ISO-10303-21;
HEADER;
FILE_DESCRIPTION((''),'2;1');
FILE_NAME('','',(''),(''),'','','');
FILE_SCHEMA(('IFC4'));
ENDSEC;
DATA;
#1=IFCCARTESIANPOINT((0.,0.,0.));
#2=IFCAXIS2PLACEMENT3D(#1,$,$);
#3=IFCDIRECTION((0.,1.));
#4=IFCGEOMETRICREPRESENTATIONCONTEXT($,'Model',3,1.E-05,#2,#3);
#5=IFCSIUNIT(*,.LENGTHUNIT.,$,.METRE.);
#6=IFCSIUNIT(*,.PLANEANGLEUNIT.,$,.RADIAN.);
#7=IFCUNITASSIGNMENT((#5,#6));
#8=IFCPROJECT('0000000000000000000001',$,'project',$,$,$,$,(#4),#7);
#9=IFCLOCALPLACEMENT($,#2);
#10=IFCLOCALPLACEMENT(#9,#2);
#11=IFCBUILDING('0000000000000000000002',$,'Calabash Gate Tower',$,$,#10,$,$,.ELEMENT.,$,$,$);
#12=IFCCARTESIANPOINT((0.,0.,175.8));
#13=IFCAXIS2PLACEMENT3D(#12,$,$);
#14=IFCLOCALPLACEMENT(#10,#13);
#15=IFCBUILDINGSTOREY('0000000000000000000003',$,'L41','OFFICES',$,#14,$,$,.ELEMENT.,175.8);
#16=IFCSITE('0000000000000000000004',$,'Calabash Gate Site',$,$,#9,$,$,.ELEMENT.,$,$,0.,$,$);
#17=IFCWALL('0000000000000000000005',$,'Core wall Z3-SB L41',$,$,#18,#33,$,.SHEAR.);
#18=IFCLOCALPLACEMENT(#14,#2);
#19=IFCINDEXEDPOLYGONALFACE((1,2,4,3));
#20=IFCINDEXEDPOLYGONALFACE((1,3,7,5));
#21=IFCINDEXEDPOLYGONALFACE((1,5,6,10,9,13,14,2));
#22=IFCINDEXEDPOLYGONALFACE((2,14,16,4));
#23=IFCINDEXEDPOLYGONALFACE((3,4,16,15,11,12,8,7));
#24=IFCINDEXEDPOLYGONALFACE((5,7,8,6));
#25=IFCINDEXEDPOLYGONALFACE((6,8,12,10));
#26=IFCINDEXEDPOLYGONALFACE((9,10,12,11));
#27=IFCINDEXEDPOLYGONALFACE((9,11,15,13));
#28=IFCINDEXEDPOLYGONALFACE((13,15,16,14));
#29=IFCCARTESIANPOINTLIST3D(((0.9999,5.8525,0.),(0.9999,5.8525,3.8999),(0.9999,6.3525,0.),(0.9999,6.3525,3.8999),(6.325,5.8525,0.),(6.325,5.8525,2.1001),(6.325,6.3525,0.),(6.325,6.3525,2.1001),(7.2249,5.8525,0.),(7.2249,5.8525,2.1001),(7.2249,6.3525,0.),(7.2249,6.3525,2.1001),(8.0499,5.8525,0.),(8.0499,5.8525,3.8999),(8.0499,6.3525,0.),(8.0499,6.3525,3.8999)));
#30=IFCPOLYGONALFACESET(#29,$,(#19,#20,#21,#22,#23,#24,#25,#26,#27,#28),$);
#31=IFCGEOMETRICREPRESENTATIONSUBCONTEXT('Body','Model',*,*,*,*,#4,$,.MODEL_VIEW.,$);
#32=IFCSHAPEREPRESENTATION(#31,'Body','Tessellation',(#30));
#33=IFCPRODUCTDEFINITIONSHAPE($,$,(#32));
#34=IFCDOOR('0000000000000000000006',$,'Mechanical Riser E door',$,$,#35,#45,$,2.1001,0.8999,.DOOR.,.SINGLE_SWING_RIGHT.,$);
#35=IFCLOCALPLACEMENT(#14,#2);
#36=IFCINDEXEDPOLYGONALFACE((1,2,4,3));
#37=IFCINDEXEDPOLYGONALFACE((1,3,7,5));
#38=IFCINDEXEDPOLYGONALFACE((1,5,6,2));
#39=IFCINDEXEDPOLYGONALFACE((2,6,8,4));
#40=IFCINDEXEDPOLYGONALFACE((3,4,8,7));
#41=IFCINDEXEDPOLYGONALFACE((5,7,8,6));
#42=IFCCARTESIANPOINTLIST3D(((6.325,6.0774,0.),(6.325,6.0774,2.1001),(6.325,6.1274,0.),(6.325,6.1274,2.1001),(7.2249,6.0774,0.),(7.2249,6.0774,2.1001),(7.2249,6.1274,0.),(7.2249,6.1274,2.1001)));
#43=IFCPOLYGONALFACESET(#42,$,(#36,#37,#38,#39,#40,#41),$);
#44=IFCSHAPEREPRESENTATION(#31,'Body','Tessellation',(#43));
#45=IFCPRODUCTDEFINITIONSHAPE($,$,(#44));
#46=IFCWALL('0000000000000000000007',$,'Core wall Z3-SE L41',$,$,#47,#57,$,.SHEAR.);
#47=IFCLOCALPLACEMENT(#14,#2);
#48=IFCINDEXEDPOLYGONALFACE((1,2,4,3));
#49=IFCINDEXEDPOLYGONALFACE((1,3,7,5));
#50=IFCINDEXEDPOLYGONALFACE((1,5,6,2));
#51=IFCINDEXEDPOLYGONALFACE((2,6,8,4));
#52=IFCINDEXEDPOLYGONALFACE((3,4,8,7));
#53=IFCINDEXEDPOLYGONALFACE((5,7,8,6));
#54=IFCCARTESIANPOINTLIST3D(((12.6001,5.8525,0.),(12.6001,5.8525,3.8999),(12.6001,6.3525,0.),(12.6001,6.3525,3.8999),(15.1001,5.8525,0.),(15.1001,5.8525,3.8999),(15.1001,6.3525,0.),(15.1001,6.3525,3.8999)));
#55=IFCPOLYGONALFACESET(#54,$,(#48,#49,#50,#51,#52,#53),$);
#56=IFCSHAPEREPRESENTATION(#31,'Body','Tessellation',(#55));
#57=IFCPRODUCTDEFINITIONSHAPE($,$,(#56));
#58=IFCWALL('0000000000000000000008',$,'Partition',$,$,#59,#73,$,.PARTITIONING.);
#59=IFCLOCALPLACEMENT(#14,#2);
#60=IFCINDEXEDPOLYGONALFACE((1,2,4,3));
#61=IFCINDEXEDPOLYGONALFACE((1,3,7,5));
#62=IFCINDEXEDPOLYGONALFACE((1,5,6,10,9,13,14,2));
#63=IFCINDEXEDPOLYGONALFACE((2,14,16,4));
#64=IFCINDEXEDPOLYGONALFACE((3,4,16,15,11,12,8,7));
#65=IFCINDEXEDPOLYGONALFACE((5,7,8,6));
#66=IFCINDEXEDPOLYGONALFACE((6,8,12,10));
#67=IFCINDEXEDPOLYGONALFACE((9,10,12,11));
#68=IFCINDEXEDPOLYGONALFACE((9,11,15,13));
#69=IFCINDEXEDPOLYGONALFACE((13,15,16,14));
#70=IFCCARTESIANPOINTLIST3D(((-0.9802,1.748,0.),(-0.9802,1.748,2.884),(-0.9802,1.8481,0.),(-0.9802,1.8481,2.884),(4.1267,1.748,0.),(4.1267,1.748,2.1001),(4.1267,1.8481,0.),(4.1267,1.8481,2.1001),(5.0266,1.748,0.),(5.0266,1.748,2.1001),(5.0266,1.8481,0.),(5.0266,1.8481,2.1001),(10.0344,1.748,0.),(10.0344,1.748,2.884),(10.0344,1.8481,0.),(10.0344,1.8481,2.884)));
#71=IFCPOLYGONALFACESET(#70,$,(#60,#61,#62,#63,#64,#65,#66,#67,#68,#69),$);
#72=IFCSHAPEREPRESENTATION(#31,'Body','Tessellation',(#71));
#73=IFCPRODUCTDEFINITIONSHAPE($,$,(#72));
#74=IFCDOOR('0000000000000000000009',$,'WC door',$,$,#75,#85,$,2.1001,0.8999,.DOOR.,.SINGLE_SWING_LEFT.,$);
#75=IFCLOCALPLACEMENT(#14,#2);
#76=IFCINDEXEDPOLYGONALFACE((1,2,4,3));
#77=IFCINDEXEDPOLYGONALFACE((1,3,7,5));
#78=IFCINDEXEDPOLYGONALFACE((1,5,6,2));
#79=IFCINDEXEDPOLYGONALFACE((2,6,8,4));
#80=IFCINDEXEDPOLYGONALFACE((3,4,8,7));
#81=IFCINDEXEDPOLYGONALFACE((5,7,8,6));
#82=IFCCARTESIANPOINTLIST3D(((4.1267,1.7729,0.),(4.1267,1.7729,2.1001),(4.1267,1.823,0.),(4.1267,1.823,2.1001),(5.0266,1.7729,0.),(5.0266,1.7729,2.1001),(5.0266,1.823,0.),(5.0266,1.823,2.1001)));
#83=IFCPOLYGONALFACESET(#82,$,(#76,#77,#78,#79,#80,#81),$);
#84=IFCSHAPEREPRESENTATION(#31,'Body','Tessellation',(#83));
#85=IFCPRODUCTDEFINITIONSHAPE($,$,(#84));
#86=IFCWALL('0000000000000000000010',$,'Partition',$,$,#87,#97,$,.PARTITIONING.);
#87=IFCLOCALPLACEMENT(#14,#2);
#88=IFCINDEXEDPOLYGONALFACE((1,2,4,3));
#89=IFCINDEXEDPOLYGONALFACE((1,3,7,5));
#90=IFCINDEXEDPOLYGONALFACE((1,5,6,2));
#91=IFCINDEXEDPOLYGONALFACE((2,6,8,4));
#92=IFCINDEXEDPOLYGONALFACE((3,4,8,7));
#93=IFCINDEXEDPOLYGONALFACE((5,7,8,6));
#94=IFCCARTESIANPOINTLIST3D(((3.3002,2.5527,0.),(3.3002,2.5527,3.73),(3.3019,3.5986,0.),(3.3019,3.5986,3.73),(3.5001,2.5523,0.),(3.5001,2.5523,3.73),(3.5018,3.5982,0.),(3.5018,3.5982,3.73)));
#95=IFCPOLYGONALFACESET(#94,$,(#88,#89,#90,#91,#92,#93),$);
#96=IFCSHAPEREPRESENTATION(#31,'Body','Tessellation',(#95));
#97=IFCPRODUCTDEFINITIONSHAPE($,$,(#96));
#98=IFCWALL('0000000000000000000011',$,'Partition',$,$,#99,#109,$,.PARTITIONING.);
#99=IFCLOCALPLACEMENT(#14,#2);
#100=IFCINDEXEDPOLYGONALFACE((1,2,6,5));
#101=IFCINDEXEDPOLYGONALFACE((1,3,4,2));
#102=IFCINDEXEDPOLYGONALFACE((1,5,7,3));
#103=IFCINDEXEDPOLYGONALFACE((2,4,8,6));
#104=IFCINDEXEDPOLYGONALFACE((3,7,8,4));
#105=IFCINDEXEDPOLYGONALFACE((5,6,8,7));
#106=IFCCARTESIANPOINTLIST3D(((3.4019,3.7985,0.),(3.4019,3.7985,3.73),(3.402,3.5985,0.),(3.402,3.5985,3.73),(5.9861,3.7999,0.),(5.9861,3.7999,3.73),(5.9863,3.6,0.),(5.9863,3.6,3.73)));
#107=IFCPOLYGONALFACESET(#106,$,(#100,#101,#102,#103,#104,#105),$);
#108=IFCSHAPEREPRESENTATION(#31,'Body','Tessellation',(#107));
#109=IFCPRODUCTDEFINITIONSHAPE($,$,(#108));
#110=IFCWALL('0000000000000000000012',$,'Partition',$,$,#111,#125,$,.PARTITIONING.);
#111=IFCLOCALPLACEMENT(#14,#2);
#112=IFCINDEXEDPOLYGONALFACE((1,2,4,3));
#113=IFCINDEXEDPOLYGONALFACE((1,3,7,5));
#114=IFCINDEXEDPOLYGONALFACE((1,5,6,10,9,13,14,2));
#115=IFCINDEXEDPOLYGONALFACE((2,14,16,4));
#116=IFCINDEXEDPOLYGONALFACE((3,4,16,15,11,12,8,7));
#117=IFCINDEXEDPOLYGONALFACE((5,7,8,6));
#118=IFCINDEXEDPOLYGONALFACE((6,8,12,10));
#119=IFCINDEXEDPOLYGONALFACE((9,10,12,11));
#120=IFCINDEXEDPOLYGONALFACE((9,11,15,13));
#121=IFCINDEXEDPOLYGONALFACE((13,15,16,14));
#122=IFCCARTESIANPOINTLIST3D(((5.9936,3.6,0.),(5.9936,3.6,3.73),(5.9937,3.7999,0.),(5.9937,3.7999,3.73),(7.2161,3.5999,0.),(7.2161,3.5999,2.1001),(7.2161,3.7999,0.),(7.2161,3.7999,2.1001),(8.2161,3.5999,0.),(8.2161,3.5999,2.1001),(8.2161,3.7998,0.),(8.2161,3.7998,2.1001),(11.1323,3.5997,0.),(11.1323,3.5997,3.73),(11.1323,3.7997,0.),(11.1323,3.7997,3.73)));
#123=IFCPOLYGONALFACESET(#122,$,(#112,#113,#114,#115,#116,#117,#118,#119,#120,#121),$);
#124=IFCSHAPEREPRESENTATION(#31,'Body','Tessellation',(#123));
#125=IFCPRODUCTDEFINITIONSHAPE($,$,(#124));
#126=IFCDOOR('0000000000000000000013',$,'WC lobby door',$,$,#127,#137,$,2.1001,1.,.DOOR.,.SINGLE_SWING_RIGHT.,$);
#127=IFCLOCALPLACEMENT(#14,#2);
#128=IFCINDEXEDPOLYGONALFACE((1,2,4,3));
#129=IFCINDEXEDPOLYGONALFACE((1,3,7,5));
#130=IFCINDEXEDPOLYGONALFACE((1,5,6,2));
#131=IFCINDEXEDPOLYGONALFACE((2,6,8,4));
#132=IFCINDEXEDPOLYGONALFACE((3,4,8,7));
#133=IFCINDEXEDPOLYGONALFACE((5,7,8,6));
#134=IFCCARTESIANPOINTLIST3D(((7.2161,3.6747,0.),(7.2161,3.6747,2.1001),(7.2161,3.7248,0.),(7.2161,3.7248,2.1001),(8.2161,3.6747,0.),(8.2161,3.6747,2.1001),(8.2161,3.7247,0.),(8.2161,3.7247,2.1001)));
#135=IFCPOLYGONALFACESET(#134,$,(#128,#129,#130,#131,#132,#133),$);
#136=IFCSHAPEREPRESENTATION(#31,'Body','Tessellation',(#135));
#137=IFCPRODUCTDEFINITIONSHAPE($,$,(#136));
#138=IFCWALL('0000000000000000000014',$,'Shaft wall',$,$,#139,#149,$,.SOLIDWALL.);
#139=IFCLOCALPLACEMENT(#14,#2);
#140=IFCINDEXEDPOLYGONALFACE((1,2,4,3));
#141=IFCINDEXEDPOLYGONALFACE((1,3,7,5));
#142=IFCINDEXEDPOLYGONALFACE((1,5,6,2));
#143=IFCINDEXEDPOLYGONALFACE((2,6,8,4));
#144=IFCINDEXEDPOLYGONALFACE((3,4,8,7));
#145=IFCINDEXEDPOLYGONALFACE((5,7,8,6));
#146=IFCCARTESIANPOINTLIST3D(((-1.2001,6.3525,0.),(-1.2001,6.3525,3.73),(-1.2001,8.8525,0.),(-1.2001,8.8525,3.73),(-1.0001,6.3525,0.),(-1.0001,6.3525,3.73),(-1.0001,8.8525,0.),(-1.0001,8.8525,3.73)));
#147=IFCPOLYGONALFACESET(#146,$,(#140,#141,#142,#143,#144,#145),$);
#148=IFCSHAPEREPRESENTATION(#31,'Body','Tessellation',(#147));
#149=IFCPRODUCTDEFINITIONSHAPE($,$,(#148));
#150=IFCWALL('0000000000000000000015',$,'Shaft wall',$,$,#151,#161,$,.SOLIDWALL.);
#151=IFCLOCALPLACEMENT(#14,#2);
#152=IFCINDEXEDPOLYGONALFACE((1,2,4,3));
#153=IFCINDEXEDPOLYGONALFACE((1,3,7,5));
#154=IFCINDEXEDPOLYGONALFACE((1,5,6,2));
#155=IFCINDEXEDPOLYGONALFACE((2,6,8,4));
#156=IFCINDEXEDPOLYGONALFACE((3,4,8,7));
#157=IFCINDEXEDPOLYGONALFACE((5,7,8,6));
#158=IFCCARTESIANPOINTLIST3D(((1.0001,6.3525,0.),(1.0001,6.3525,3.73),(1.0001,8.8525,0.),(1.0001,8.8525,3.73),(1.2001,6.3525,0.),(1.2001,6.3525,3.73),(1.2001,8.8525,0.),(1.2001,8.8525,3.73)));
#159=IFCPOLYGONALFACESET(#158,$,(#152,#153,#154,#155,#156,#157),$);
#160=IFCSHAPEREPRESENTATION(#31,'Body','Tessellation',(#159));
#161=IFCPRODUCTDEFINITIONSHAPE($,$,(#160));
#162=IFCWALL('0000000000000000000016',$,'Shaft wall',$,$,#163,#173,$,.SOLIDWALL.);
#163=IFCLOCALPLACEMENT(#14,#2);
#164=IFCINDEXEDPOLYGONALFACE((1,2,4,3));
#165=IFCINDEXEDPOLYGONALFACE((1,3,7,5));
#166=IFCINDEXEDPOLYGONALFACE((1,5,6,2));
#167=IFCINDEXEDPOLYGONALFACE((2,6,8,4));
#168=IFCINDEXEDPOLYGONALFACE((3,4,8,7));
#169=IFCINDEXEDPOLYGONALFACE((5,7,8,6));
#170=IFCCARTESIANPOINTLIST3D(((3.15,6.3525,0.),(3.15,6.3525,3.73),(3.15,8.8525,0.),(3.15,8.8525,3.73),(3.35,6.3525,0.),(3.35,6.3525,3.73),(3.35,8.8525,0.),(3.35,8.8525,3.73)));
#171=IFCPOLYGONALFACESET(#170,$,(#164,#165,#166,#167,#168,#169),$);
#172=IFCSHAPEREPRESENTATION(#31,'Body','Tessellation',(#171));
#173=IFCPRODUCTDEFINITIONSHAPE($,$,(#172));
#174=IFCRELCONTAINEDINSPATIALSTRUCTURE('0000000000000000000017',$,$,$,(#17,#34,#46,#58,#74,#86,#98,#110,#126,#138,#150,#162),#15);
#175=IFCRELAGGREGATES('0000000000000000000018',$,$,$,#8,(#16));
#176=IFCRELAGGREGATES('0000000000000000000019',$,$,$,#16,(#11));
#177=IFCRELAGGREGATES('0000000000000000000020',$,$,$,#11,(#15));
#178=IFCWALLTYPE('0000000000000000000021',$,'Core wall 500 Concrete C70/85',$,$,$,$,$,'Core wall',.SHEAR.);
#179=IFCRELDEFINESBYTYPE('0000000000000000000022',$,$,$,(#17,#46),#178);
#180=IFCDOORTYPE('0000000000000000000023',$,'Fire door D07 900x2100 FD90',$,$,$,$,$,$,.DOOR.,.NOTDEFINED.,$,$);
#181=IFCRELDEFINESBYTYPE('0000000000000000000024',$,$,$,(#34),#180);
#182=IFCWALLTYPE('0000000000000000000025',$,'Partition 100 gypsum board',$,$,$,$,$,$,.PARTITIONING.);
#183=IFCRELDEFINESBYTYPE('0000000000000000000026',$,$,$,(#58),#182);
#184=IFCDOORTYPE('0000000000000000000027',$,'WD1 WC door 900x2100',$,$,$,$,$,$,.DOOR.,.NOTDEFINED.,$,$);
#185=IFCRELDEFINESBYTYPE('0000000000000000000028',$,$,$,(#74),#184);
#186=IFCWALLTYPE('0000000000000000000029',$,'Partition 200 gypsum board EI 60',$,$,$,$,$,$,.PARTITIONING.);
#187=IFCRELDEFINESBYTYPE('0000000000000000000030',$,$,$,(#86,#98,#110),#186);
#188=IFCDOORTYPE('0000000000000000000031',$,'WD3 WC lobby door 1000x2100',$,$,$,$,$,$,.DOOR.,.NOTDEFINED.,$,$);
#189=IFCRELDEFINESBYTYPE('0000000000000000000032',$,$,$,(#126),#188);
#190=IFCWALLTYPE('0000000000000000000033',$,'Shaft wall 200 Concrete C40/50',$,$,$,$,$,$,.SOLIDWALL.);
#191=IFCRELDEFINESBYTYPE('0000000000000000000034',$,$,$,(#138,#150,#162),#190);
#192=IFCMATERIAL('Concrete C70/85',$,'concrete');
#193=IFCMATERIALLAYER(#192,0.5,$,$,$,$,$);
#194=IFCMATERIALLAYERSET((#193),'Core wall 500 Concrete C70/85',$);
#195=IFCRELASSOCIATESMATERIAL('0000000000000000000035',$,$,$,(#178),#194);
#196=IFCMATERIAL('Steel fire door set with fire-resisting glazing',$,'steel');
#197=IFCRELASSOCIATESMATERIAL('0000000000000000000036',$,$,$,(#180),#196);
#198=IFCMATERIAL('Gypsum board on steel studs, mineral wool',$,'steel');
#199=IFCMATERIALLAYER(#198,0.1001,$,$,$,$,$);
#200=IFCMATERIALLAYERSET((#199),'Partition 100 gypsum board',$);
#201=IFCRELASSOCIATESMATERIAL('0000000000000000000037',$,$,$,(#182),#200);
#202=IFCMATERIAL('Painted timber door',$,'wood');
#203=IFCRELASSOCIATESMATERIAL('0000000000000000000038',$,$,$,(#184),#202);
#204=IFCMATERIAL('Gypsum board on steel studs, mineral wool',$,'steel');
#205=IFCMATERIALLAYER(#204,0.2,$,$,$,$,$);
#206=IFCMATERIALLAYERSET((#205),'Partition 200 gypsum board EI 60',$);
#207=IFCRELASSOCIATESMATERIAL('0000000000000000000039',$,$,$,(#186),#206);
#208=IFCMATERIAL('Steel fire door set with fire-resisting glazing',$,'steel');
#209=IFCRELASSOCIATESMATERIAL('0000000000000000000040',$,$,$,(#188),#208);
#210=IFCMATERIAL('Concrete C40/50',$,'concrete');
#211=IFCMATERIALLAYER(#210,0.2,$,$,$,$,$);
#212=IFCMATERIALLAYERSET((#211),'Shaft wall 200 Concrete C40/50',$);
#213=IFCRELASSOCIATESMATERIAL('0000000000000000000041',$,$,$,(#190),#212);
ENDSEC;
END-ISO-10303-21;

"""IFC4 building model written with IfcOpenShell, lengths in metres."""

from ifc_helpers import new_model, si_unit, direction, frame, frame_2d, origin, place, context, subcontext, project, spatial, rectangle, extrude, material, layer, layer_set, type_object, element, fill, save


model = new_model("IFC4")

# Units and contexts
model_context = context("Model", 3, precision=1e-05, world=origin(), true_north=direction((0.0, 1.0)))
body_context = subcontext(model_context, "Body", "Model", "MODEL_VIEW")
ifc_project = project(units=[si_unit("LENGTHUNIT", "METRE"), si_unit("PLANEANGLEUNIT", "RADIAN")], contexts=[model_context])

# Site, building, storey
site_placement = place(None, origin())
site = spatial("IfcSite", under=ifc_project, at=site_placement, Name="Calabash Gate Site", CompositionType="ELEMENT", RefElevation=0.0)
building_placement = place(site_placement, origin())
building = spatial("IfcBuilding", under=site, at=building_placement, Name="Calabash Gate Tower", CompositionType="ELEMENT")
storey_placement = place(building_placement, frame((0.0, 0.0, 175.8)))
storey = spatial("IfcBuildingStorey", under=building, at=storey_placement, Name="L41", Description="OFFICES", CompositionType="ELEMENT", Elevation=175.8)

# Shared definitions
ifc_material_1 = material(Name="Concrete C70/85", Category="concrete")
ifc_layer_1 = layer(ifc_material_1, 0.5)
ifc_layer_set_1 = layer_set([ifc_layer_1], Name="Core wall 500 Concrete C70/85")
wall_type_1 = type_object("IfcWallType", Name="Core wall 500 Concrete C70/85", ElementType="Core wall", PredefinedType="SHEAR", material=ifc_layer_set_1)

# Wall, opening, door
wall_1_placement = place(storey_placement, frame((1.0, 6.1025, 0.0), z_axis=(0.0, 0.0, 1.0), x_axis=(1.0, 0.0, 0.0)))
wall_1 = element("IfcWall", 1, at=wall_1_placement, inside=storey, type_object=wall_type_1, Name="Core wall Z3-SB L41", PredefinedType="SHEAR", context=body_context, shape_type="SweptSolid", body=[
    extrude(rectangle(XDim=7.05, YDim=0.5, at=frame_2d((3.5249, 0.0))), origin(), (0.0, 0.0, 1.0), 3.8999),
])
opening_1_placement = place(wall_1_placement, frame((5.325, 0.0, 0.0)))
opening_1 = element("IfcOpeningElement", 2, at=opening_1_placement, cuts=wall_1, PredefinedType="OPENING", context=body_context, shape_type="SweptSolid", body=[
    extrude(rectangle(XDim=0.8999, YDim=2.1001, at=frame_2d((0.45, 1.05))), frame((0.0, 0.26, 0.0), z_axis=(0.0, -1.0, 0.0), x_axis=(1.0, 0.0, 0.0)), (0.0, 0.0, 1.0), 0.52),
])
ifc_material_2 = material(Name="Steel fire door set with fire-resisting glazing", Category="steel")
door_type_1 = type_object("IfcDoorType", Name="Fire door D07 900x2100 FD90", OperationType="NOTDEFINED", PredefinedType="DOOR", material=ifc_material_2)
door_1_placement = place(opening_1_placement, origin())
door_1 = element("IfcDoor", 3, at=door_1_placement, inside=storey, type_object=door_type_1, Name="Mechanical Riser E door", OperationType="SINGLE_SWING_RIGHT", OverallHeight=2.1001, OverallWidth=0.8999, PredefinedType="DOOR", context=body_context, shape_type="SweptSolid", body=[
    extrude(rectangle(XDim=0.8999, YDim=2.1001, at=frame_2d((0.45, 1.05))), frame((0.0, 0.0249, 0.0), z_axis=(0.0, -1.0, 0.0), x_axis=(1.0, 0.0, 0.0)), (0.0, 0.0, 1.0), 0.05),
])
fill(opening_1, door_1)

# Wall
wall_2_placement = place(storey_placement, frame((12.6001, 6.1025, 0.0), z_axis=(0.0, 0.0, 1.0), x_axis=(1.0, 0.0, 0.0)))
element("IfcWall", 4, at=wall_2_placement, inside=storey, type_object=wall_type_1, Name="Core wall Z3-SE L41", PredefinedType="SHEAR", context=body_context, shape_type="SweptSolid", body=[
    extrude(rectangle(XDim=2.5, YDim=0.5, at=frame_2d((1.25, 0.0))), origin(), (0.0, 0.0, 1.0), 3.8999),
])

# Wall, opening, door
ifc_material_3 = material(Name="Gypsum board on steel studs, mineral wool", Category="steel")
ifc_layer_2 = layer(ifc_material_3, 0.1001)
ifc_layer_set_2 = layer_set([ifc_layer_2], Name="Partition 100 gypsum board")
wall_type_2 = type_object("IfcWallType", Name="Partition 100 gypsum board", PredefinedType="PARTITIONING", material=ifc_layer_set_2)
wall_3_placement = place(storey_placement, frame((-0.9802, 1.7981, 0.0), z_axis=(0.0, 0.0, 1.0), x_axis=(1.0, 0.0, 0.0)))
wall_3 = element("IfcWall", 5, at=wall_3_placement, inside=storey, type_object=wall_type_2, Name="Partition", PredefinedType="PARTITIONING", context=body_context, shape_type="SweptSolid", body=[
    extrude(rectangle(XDim=11.0146, YDim=0.1001, at=frame_2d((5.5073, 0.0))), origin(), (0.0, 0.0, 1.0), 2.884),
])
opening_2_placement = place(wall_3_placement, frame((5.1069, 0.0, 0.0)))
opening_2 = element("IfcOpeningElement", 6, at=opening_2_placement, cuts=wall_3, PredefinedType="OPENING", context=body_context, shape_type="SweptSolid", body=[
    extrude(rectangle(XDim=0.8999, YDim=2.1001, at=frame_2d((0.45, 1.05))), frame((0.0, 0.0601, 0.0), z_axis=(0.0, -1.0, 0.0), x_axis=(1.0, 0.0, 0.0)), (0.0, 0.0, 1.0), 0.1201),
])
ifc_material_4 = material(Name="Painted timber door", Category="wood")
door_type_2 = type_object("IfcDoorType", Name="WD1 WC door 900x2100", OperationType="NOTDEFINED", PredefinedType="DOOR", material=ifc_material_4)
door_2_placement = place(opening_2_placement, origin())
door_2 = element("IfcDoor", 7, at=door_2_placement, inside=storey, type_object=door_type_2, Name="WC door", OperationType="SINGLE_SWING_LEFT", OverallHeight=2.1001, OverallWidth=0.8999, PredefinedType="DOOR", context=body_context, shape_type="SweptSolid", body=[
    extrude(rectangle(XDim=0.8999, YDim=2.1001, at=frame_2d((0.45, 1.05))), frame((0.0, 0.0249, 0.0), z_axis=(0.0, -1.0, 0.0), x_axis=(1.0, 0.0, 0.0)), (0.0, 0.0, 1.0), 0.05),
])
fill(opening_2, door_2)

# Walls
ifc_material_5 = material(Name="Gypsum board on steel studs, mineral wool", Category="steel")
ifc_layer_3 = layer(ifc_material_5, 0.2)
ifc_layer_set_3 = layer_set([ifc_layer_3], Name="Partition 200 gypsum board EI 60")
wall_type_3 = type_object("IfcWallType", Name="Partition 200 gypsum board EI 60", PredefinedType="PARTITIONING", material=ifc_layer_set_3)
wall_4_placement = place(storey_placement, frame((3.4001, 2.5525, 0.0), z_axis=(0.0, 0.0, 1.0), x_axis=(0.001634, 0.999999, 0.0)))
element("IfcWall", 8, at=wall_4_placement, inside=storey, type_object=wall_type_3, Name="Partition", PredefinedType="PARTITIONING", context=body_context, shape_type="SweptSolid", body=[
    extrude(rectangle(XDim=1.0459, YDim=0.2, at=frame_2d((0.5229, 0.0))), origin(), (0.0, 0.0, 1.0), 3.73),
])
wall_5_placement = place(storey_placement, frame((3.4021, 3.6985, 0.0), z_axis=(0.0, 0.0, 1.0), x_axis=(1.0, 0.000567, 0.0)))
element("IfcWall", 9, at=wall_5_placement, inside=storey, type_object=wall_type_3, Name="Partition", PredefinedType="PARTITIONING", context=body_context, shape_type="SweptSolid", body=[
    extrude(rectangle(XDim=2.5842, YDim=0.2, at=frame_2d((1.292, 0.0))), origin(), (0.0, 0.0, 1.0), 3.73),
])

# Wall, opening, door
wall_6_placement = place(storey_placement, frame((5.9937, 3.7, 0.0), z_axis=(0.0, 0.0, 1.0), x_axis=(1.0, -0.000048, 0.0)))
wall_6 = element("IfcWall", 10, at=wall_6_placement, inside=storey, type_object=wall_type_3, Name="Partition", PredefinedType="PARTITIONING", context=body_context, shape_type="SweptSolid", body=[
    extrude(rectangle(XDim=5.1387, YDim=0.2, at=frame_2d((2.5693, 0.0))), origin(), (0.0, 0.0, 1.0), 3.73),
])
opening_3_placement = place(wall_6_placement, frame((1.2224, 0.0, 0.0)))
opening_3 = element("IfcOpeningElement", 11, at=opening_3_placement, cuts=wall_6, PredefinedType="OPENING", context=body_context, shape_type="SweptSolid", body=[
    extrude(rectangle(XDim=1.0, YDim=2.1001, at=frame_2d((0.5, 1.05))), frame((0.0, 0.1099, 0.0), z_axis=(0.0, -1.0, 0.0), x_axis=(1.0, 0.0, 0.0)), (0.0, 0.0, 1.0), 0.22),
])
ifc_material_6 = material(Name="Steel fire door set with fire-resisting glazing", Category="steel")
door_type_3 = type_object("IfcDoorType", Name="WD3 WC lobby door 1000x2100", OperationType="NOTDEFINED", PredefinedType="DOOR", material=ifc_material_6)
door_3_placement = place(opening_3_placement, origin())
door_3 = element("IfcDoor", 12, at=door_3_placement, inside=storey, type_object=door_type_3, Name="WC lobby door", OperationType="SINGLE_SWING_RIGHT", OverallHeight=2.1001, OverallWidth=1.0, PredefinedType="DOOR", context=body_context, shape_type="SweptSolid", body=[
    extrude(rectangle(XDim=1.0, YDim=2.1001, at=frame_2d((0.5, 1.05))), frame((0.0, 0.0249, 0.0), z_axis=(0.0, -1.0, 0.0), x_axis=(1.0, 0.0, 0.0)), (0.0, 0.0, 1.0), 0.05),
])
fill(opening_3, door_3)

# Walls
ifc_material_7 = material(Name="Concrete C40/50", Category="concrete")
ifc_layer_4 = layer(ifc_material_7, 0.2)
ifc_layer_set_4 = layer_set([ifc_layer_4], Name="Shaft wall 200 Concrete C40/50")
wall_type_4 = type_object("IfcWallType", Name="Shaft wall 200 Concrete C40/50", PredefinedType="SOLIDWALL", material=ifc_layer_set_4)
for number, where, z_axis, x_axis, name in (
    (13, (-1.1001, 6.3525, 0.0), (0.0, 0.0, 1.0), (0.0, 1.0, 0.0), "Shaft wall"),
    (14, (1.1001, 6.3525, 0.0), (0.0, 0.0, 1.0), (0.0, 1.0, 0.0), "Shaft wall"),
    (15, (3.25, 6.3525, 0.0), (0.0, 0.0, 1.0), (0.0, 1.0, 0.0), "Shaft wall"),
):
    element("IfcWall", number, at=place(storey_placement, frame(where, z_axis=z_axis, x_axis=x_axis)), inside=storey, type_object=wall_type_4, Name=name, PredefinedType="SOLIDWALL", context=body_context, shape_type="SweptSolid", body=[
        extrude(rectangle(XDim=2.5, YDim=0.2, at=frame_2d((1.25, 0.0))), origin(), (0.0, 0.0, 1.0), 3.73),
    ])

save(model, "model.ifc")
